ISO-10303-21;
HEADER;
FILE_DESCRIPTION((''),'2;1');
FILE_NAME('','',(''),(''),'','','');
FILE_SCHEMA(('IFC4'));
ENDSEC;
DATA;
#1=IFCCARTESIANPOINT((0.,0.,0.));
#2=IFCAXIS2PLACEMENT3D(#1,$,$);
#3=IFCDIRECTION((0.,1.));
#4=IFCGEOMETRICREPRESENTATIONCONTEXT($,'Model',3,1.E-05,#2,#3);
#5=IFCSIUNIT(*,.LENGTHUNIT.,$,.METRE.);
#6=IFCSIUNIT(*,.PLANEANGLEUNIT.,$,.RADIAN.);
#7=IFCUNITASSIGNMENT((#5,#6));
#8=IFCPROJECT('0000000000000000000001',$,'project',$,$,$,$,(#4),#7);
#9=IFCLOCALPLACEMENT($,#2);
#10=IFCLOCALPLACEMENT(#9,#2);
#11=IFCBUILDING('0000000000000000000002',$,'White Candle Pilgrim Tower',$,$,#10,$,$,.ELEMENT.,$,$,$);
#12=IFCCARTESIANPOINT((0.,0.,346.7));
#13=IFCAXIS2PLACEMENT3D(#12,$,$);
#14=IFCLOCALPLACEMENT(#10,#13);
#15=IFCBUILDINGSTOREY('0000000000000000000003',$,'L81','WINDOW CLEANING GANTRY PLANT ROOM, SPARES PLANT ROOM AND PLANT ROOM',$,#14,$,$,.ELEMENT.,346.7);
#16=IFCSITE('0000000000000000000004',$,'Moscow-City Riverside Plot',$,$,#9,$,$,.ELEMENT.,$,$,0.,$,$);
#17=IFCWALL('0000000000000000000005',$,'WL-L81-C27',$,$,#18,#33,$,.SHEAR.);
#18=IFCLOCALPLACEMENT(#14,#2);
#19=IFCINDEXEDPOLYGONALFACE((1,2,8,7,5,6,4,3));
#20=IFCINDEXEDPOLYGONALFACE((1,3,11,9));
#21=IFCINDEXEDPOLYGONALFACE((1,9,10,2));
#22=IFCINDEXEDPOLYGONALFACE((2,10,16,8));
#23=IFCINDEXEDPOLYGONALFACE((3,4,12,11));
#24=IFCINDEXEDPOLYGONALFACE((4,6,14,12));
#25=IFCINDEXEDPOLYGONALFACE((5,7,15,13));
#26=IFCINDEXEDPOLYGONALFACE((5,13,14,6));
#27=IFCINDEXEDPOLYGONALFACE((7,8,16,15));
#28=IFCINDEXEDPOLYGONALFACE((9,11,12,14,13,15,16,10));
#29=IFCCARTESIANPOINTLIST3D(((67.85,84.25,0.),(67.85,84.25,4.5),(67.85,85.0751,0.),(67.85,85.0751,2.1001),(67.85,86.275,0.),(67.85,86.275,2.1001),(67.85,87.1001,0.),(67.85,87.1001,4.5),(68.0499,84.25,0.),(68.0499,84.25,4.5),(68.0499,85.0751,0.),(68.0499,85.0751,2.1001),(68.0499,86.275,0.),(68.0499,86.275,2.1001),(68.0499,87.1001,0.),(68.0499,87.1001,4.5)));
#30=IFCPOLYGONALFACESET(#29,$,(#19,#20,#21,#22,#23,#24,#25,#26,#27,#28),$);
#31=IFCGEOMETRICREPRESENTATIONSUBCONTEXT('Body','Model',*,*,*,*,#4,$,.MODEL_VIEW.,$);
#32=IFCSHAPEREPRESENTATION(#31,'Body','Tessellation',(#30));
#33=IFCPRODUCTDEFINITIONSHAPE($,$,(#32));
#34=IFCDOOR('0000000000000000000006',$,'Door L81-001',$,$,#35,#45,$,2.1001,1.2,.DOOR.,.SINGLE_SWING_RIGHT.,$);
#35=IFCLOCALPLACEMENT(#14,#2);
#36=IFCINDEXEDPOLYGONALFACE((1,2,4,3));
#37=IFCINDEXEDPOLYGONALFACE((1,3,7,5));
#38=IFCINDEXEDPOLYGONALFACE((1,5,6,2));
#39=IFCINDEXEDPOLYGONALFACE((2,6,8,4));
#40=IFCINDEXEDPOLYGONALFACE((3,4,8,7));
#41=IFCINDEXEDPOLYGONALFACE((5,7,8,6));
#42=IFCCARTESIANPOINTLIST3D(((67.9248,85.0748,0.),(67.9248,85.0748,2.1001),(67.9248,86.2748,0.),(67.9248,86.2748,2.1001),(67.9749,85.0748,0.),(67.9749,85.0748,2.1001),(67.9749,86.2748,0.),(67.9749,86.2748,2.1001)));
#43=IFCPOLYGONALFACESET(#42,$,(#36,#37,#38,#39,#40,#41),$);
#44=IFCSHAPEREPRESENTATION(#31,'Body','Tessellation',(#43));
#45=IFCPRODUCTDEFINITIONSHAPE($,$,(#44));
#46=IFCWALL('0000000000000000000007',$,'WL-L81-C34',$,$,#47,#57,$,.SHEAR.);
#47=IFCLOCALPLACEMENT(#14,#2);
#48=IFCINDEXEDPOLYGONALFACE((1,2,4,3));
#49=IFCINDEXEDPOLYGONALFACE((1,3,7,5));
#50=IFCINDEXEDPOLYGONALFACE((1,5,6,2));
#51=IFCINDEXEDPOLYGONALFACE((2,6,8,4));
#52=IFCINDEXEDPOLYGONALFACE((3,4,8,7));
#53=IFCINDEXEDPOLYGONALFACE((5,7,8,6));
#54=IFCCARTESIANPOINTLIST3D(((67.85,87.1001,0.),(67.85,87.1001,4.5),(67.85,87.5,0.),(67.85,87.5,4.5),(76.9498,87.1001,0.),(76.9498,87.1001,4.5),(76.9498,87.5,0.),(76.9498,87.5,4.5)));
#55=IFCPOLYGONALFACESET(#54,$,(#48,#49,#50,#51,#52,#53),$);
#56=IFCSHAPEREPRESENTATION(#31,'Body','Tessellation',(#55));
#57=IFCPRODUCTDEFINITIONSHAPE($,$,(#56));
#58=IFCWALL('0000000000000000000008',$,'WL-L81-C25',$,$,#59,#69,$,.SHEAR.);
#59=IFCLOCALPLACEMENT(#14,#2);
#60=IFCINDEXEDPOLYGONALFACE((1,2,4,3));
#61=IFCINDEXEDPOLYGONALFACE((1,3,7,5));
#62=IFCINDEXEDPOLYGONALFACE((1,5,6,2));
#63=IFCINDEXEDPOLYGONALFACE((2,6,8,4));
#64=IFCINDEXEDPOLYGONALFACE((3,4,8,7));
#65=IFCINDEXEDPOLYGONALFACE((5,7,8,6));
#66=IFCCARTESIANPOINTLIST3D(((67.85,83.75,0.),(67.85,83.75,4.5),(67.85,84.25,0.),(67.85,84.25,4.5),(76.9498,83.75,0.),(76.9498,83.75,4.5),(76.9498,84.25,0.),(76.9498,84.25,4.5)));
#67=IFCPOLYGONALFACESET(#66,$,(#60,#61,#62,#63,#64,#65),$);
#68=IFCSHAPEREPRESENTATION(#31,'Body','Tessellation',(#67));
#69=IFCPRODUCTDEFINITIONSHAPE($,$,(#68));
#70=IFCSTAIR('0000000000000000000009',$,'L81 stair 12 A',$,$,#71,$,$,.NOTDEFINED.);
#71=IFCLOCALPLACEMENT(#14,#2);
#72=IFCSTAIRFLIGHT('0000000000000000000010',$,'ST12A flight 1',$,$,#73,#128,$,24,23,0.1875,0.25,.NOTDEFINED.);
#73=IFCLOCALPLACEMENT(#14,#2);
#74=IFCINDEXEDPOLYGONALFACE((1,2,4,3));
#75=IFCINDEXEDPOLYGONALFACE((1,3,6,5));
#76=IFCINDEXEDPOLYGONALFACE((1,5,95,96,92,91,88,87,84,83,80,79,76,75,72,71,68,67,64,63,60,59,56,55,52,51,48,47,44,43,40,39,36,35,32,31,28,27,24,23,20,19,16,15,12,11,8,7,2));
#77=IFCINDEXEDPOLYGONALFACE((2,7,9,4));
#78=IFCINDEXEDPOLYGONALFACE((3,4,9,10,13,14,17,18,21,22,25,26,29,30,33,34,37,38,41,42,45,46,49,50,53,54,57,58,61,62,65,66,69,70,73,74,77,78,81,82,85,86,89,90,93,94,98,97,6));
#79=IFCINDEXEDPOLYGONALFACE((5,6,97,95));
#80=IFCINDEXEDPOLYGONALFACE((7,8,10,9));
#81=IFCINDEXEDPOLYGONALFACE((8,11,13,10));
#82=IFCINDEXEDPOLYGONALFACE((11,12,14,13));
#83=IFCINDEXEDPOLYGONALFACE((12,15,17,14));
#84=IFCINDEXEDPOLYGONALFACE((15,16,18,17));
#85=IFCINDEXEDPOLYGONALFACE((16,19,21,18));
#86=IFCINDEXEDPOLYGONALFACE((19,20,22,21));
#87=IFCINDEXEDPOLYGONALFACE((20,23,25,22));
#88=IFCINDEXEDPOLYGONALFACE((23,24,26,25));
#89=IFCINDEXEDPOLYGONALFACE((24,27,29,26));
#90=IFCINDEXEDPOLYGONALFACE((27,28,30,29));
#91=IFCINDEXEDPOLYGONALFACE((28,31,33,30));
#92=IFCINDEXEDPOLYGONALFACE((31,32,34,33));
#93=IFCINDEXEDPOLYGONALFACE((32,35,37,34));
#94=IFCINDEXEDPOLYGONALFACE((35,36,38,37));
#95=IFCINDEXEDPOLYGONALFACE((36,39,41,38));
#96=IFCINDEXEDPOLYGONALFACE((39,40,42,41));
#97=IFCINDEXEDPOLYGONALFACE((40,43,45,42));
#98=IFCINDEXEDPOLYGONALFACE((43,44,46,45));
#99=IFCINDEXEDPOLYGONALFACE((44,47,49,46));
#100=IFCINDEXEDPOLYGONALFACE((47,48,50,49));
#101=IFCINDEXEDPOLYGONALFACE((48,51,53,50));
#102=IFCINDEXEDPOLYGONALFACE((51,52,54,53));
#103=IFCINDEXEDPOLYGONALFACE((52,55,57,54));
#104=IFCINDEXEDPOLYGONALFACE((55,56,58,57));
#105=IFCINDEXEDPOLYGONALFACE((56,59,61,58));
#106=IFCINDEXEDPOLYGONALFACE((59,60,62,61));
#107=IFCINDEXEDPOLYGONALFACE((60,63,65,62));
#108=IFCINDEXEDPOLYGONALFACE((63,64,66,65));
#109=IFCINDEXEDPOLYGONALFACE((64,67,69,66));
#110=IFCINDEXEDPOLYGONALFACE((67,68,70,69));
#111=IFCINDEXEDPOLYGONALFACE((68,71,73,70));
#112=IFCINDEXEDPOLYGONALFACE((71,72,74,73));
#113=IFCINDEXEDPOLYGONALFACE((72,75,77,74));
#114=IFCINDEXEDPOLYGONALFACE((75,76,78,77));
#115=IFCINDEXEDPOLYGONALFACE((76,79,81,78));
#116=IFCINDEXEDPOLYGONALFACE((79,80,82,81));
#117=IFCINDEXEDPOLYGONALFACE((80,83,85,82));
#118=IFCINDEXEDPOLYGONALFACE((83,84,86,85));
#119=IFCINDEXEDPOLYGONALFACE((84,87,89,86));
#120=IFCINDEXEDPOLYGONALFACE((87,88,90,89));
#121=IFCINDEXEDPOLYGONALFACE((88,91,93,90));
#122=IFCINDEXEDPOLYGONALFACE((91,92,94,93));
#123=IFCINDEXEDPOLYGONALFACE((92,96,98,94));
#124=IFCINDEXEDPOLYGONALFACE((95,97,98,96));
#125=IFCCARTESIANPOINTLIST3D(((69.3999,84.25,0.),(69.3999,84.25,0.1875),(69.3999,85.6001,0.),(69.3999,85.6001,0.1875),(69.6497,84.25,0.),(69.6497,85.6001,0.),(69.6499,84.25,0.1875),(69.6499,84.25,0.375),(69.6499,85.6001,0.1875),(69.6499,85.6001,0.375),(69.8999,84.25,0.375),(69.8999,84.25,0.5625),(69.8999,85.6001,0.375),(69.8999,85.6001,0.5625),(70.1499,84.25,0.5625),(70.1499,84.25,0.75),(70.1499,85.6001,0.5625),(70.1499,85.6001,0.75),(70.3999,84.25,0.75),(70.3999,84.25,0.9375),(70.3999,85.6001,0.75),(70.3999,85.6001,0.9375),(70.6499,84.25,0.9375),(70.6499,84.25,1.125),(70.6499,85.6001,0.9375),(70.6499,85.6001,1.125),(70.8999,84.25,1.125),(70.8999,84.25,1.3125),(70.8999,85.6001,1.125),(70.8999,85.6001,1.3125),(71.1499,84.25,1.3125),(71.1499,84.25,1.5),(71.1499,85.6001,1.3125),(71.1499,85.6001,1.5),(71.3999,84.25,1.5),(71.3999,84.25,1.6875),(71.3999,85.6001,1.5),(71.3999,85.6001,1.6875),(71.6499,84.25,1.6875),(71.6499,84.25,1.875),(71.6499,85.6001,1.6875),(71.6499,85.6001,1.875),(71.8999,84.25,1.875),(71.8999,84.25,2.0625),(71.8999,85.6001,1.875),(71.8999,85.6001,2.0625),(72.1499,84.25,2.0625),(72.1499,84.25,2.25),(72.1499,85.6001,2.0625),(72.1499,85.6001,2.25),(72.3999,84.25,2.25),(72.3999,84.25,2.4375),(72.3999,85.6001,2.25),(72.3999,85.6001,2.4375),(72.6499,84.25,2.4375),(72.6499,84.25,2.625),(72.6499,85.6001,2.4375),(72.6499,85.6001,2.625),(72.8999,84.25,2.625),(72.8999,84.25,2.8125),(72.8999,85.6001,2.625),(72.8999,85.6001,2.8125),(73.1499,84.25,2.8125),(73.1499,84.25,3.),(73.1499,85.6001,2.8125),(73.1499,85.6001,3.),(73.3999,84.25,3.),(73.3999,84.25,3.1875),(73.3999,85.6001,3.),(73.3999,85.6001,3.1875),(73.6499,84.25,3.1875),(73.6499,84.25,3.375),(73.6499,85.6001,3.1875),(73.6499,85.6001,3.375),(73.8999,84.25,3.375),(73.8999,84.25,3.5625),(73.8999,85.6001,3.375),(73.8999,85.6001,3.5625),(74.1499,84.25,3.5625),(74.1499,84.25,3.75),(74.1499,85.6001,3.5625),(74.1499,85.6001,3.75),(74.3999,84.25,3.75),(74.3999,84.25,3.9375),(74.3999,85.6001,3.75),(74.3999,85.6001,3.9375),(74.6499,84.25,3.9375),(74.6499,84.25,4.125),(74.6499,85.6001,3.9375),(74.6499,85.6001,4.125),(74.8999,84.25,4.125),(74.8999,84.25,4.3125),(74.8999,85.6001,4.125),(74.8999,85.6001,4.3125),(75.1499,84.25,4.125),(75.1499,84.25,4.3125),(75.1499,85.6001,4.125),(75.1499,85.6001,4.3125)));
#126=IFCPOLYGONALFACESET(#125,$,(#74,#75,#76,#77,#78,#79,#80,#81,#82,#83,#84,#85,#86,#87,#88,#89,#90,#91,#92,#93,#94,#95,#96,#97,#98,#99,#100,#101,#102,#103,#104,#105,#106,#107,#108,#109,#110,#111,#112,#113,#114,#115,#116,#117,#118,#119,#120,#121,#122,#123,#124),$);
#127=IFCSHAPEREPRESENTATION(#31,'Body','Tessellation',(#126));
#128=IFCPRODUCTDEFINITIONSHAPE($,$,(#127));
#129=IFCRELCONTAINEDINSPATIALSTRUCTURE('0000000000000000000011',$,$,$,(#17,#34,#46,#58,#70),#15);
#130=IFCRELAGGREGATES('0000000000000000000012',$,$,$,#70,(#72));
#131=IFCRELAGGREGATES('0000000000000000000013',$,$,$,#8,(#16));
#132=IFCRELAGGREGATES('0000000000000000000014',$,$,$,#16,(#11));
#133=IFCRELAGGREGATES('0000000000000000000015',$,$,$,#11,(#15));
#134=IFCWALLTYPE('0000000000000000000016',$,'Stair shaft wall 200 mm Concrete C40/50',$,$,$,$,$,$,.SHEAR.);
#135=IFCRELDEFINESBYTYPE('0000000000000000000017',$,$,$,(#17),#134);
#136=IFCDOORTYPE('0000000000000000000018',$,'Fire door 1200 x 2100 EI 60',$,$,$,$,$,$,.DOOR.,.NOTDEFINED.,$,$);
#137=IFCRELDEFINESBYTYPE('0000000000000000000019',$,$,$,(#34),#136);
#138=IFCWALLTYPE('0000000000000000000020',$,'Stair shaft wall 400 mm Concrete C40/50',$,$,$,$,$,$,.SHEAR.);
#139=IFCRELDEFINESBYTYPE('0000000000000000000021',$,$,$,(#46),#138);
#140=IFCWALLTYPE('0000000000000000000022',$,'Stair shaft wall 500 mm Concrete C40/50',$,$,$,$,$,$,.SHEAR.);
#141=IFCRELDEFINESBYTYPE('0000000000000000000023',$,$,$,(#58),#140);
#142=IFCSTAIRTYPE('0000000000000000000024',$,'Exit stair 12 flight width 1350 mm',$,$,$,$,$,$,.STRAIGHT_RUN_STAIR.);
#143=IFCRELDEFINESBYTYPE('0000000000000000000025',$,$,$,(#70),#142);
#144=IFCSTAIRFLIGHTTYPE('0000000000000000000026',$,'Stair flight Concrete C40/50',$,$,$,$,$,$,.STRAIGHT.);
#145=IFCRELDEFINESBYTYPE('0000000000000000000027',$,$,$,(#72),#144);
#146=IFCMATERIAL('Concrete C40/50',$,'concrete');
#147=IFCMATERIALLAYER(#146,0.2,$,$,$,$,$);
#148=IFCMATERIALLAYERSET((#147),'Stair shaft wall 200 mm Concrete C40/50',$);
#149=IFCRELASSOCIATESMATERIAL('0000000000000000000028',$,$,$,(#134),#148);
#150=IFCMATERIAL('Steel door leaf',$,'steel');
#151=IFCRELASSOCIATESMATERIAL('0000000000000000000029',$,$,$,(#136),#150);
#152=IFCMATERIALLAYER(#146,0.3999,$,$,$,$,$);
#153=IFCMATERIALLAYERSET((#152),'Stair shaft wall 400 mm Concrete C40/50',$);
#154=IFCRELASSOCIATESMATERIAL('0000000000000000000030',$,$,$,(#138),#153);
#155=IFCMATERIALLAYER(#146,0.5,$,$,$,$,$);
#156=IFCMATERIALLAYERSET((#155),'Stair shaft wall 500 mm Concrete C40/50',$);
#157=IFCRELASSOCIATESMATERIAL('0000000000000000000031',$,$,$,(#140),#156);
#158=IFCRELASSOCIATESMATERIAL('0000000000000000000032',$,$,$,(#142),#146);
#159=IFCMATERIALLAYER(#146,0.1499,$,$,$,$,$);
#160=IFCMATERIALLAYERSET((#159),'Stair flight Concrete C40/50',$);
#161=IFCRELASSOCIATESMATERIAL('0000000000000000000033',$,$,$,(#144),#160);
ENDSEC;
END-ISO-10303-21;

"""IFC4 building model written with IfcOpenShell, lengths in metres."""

from ifc_helpers import new_model, si_unit, direction, frame, frame_2d, origin, place, context, subcontext, project, spatial, polyline, rectangle, outline, extrude, material, layer, layer_set, type_object, element, fill, aggregate, save


model = new_model("IFC4")

# Units and contexts
model_context = context("Model", 3, precision=1e-05, world=origin(), true_north=direction((0.0, 1.0)))
body_context = subcontext(model_context, "Body", "Model", "MODEL_VIEW")
ifc_project = project(units=[si_unit("LENGTHUNIT", "METRE"), si_unit("PLANEANGLEUNIT", "RADIAN")], contexts=[model_context])

# Site, building, storey
site_placement = place(None, origin())
site = spatial("IfcSite", under=ifc_project, at=site_placement, Name="Moscow-City Riverside Plot", CompositionType="ELEMENT", RefElevation=0.0)
building_placement = place(site_placement, origin())
building = spatial("IfcBuilding", under=site, at=building_placement, Name="White Candle Pilgrim Tower", CompositionType="ELEMENT")
storey_placement = place(building_placement, frame((0.0, 0.0, 346.7)))
storey = spatial("IfcBuildingStorey", under=building, at=storey_placement, Name="L81", Description="WINDOW CLEANING GANTRY PLANT ROOM, SPARES PLANT ROOM AND PLANT ROOM", CompositionType="ELEMENT", Elevation=346.7)

# Shared definitions
ifc_material_1 = material(Name="Concrete C40/50", Category="concrete")

# Shared definitions
ifc_material_2 = material(Name="Steel door leaf", Category="steel")

# Wall, opening, door
ifc_layer_1 = layer(ifc_material_1, 0.2)
ifc_layer_set_1 = layer_set([ifc_layer_1], Name="Stair shaft wall 200 mm Concrete C40/50")
wall_type_1 = type_object("IfcWallType", Name="Stair shaft wall 200 mm Concrete C40/50", PredefinedType="SHEAR", material=ifc_layer_set_1)
wall_1_placement = place(storey_placement, frame((67.95, 84.25, 0.0), z_axis=(0.0, 0.0, 1.0), x_axis=(0.0, 1.0, 0.0)))
wall_1 = element("IfcWall", 1, at=wall_1_placement, inside=storey, type_object=wall_type_1, Name="WL-L81-C27", PredefinedType="SHEAR", context=body_context, shape_type="SweptSolid", body=[
    extrude(rectangle(XDim=2.8501, YDim=0.2, at=frame_2d((1.425, 0.0))), origin(), (0.0, 0.0, 1.0), 4.5),
])
opening_1_placement = place(wall_1_placement, frame((0.825, 0.0, 0.0)))
opening_1 = element("IfcOpeningElement", 2, at=opening_1_placement, cuts=wall_1, PredefinedType="OPENING", context=body_context, shape_type="SweptSolid", body=[
    extrude(rectangle(XDim=1.2, YDim=2.1001, at=frame_2d((0.6001, 1.05))), frame((0.0, 0.1099, 0.0), z_axis=(0.0, -1.0, 0.0), x_axis=(1.0, 0.0, 0.0)), (0.0, 0.0, 1.0), 0.22),
])
door_type_1 = type_object("IfcDoorType", Name="Fire door 1200 x 2100 EI 60", OperationType="NOTDEFINED", PredefinedType="DOOR", material=ifc_material_2)
door_1_placement = place(opening_1_placement, frame((1.2, 0.0, 0.0), z_axis=(0.0, 0.0, 1.0), x_axis=(-1.0, 0.0, 0.0)))
door_1 = element("IfcDoor", 3, at=door_1_placement, inside=storey, type_object=door_type_1, Name="Door L81-001", OperationType="SINGLE_SWING_RIGHT", OverallHeight=2.1001, OverallWidth=1.2, PredefinedType="DOOR", context=body_context, shape_type="SweptSolid", body=[
    extrude(rectangle(XDim=1.2, YDim=2.1001, at=frame_2d((0.6001, 1.05))), frame((0.0, 0.0249, 0.0), z_axis=(0.0, -1.0, 0.0), x_axis=(1.0, 0.0, 0.0)), (0.0, 0.0, 1.0), 0.05),
])
fill(opening_1, door_1)

# Walls
ifc_layer_2 = layer(ifc_material_1, 0.3999)
ifc_layer_set_2 = layer_set([ifc_layer_2], Name="Stair shaft wall 400 mm Concrete C40/50")
wall_type_2 = type_object("IfcWallType", Name="Stair shaft wall 400 mm Concrete C40/50", PredefinedType="SHEAR", material=ifc_layer_set_2)
wall_2_placement = place(storey_placement, frame((67.8501, 87.3, 0.0), z_axis=(0.0, 0.0, 1.0), x_axis=(1.0, 0.0, 0.0)))
element("IfcWall", 4, at=wall_2_placement, inside=storey, type_object=wall_type_2, Name="WL-L81-C34", PredefinedType="SHEAR", context=body_context, shape_type="SweptSolid", body=[
    extrude(rectangle(XDim=9.0999, YDim=0.3999, at=frame_2d((4.5498, 0.0))), origin(), (0.0, 0.0, 1.0), 4.5),
])
ifc_layer_3 = layer(ifc_material_1, 0.5)
ifc_layer_set_3 = layer_set([ifc_layer_3], Name="Stair shaft wall 500 mm Concrete C40/50")
wall_type_3 = type_object("IfcWallType", Name="Stair shaft wall 500 mm Concrete C40/50", PredefinedType="SHEAR", material=ifc_layer_set_3)
wall_3_placement = place(storey_placement, frame((67.8501, 84.0, 0.0), z_axis=(0.0, 0.0, 1.0), x_axis=(1.0, 0.0, 0.0)))
element("IfcWall", 5, at=wall_3_placement, inside=storey, type_object=wall_type_3, Name="WL-L81-C25", PredefinedType="SHEAR", context=body_context, shape_type="SweptSolid", body=[
    extrude(rectangle(XDim=9.0999, YDim=0.5, at=frame_2d((4.5498, 0.0))), origin(), (0.0, 0.0, 1.0), 4.5),
])

# Stair, stair flight
stair_type = type_object("IfcStairType", Name="Exit stair 12 flight width 1350 mm", PredefinedType="STRAIGHT_RUN_STAIR", material=ifc_material_1)
stair_1_placement = place(storey_placement, origin())
stair_1 = element("IfcStair", 6, at=stair_1_placement, inside=storey, type_object=stair_type, Name="L81 stair 12 A", PredefinedType="NOTDEFINED")
ifc_layer_4 = layer(ifc_material_1, 0.1499)
ifc_layer_set_4 = layer_set([ifc_layer_4], Name="Stair flight Concrete C40/50")
stair_flight_type = type_object("IfcStairFlightType", Name="Stair flight Concrete C40/50", PredefinedType="STRAIGHT", material=ifc_layer_set_4)
stair_flight_1_placement = place(storey_placement, frame((69.3999, 84.925, 0.0), z_axis=(0.0, 0.0, 1.0), x_axis=(1.0, 0.0, 0.0)))
stair_flight_1 = element("IfcStairFlight", 7, at=stair_flight_1_placement, type_object=stair_flight_type, Name="ST12A flight 1", NumberOfRisers=24, NumberOfTreads=23, PredefinedType="NOTDEFINED", RiserHeight=0.1875, TreadLength=0.25, context=body_context, shape_type="SweptSolid", body=[
    extrude(outline(polyline([(0.0, 0.0), (0.0, 0.1875), (0.25, 0.1875), (0.25, 0.375), (0.5, 0.375), (0.5, 0.5625), (0.75, 0.5625), (0.75, 0.75), (1.0, 0.75), (1.0, 0.9375), (1.25, 0.9375), (1.25, 1.125), (1.5, 1.125), (1.5, 1.3125), (1.75, 1.3125), (1.75, 1.5), (2.0, 1.5), (2.0, 1.6875), (2.25, 1.6875), (2.25, 1.875), (2.5, 1.875), (2.5, 2.0625), (2.75, 2.0625), (2.75, 2.25), (3.0, 2.25), (3.0, 2.4375), (3.25, 2.4375), (3.25, 2.625), (3.5, 2.625), (3.5, 2.8125), (3.75, 2.8125), (3.75, 3.0), (4.0, 3.0), (4.0, 3.1875), (4.25, 3.1875), (4.25, 3.375), (4.5, 3.375), (4.5, 3.5625), (4.75, 3.5625), (4.75, 3.75), (5.0, 3.75), (5.0, 3.9375), (5.25, 3.9375), (5.25, 4.125), (5.5, 4.125), (5.5, 4.3125), (5.75, 4.3125), (5.75, 4.5), (5.75, 4.125), (0.2498, 0.0), (0.0, 0.0)])), frame((0.0, 0.675, 0.0), z_axis=(0.0, -1.0, 0.0), x_axis=(1.0, 0.0, 0.0)), (0.0, 0.0, 1.0), 1.3501),
])
aggregate(stair_1, [stair_flight_1])

save(model, "model.ifc")
